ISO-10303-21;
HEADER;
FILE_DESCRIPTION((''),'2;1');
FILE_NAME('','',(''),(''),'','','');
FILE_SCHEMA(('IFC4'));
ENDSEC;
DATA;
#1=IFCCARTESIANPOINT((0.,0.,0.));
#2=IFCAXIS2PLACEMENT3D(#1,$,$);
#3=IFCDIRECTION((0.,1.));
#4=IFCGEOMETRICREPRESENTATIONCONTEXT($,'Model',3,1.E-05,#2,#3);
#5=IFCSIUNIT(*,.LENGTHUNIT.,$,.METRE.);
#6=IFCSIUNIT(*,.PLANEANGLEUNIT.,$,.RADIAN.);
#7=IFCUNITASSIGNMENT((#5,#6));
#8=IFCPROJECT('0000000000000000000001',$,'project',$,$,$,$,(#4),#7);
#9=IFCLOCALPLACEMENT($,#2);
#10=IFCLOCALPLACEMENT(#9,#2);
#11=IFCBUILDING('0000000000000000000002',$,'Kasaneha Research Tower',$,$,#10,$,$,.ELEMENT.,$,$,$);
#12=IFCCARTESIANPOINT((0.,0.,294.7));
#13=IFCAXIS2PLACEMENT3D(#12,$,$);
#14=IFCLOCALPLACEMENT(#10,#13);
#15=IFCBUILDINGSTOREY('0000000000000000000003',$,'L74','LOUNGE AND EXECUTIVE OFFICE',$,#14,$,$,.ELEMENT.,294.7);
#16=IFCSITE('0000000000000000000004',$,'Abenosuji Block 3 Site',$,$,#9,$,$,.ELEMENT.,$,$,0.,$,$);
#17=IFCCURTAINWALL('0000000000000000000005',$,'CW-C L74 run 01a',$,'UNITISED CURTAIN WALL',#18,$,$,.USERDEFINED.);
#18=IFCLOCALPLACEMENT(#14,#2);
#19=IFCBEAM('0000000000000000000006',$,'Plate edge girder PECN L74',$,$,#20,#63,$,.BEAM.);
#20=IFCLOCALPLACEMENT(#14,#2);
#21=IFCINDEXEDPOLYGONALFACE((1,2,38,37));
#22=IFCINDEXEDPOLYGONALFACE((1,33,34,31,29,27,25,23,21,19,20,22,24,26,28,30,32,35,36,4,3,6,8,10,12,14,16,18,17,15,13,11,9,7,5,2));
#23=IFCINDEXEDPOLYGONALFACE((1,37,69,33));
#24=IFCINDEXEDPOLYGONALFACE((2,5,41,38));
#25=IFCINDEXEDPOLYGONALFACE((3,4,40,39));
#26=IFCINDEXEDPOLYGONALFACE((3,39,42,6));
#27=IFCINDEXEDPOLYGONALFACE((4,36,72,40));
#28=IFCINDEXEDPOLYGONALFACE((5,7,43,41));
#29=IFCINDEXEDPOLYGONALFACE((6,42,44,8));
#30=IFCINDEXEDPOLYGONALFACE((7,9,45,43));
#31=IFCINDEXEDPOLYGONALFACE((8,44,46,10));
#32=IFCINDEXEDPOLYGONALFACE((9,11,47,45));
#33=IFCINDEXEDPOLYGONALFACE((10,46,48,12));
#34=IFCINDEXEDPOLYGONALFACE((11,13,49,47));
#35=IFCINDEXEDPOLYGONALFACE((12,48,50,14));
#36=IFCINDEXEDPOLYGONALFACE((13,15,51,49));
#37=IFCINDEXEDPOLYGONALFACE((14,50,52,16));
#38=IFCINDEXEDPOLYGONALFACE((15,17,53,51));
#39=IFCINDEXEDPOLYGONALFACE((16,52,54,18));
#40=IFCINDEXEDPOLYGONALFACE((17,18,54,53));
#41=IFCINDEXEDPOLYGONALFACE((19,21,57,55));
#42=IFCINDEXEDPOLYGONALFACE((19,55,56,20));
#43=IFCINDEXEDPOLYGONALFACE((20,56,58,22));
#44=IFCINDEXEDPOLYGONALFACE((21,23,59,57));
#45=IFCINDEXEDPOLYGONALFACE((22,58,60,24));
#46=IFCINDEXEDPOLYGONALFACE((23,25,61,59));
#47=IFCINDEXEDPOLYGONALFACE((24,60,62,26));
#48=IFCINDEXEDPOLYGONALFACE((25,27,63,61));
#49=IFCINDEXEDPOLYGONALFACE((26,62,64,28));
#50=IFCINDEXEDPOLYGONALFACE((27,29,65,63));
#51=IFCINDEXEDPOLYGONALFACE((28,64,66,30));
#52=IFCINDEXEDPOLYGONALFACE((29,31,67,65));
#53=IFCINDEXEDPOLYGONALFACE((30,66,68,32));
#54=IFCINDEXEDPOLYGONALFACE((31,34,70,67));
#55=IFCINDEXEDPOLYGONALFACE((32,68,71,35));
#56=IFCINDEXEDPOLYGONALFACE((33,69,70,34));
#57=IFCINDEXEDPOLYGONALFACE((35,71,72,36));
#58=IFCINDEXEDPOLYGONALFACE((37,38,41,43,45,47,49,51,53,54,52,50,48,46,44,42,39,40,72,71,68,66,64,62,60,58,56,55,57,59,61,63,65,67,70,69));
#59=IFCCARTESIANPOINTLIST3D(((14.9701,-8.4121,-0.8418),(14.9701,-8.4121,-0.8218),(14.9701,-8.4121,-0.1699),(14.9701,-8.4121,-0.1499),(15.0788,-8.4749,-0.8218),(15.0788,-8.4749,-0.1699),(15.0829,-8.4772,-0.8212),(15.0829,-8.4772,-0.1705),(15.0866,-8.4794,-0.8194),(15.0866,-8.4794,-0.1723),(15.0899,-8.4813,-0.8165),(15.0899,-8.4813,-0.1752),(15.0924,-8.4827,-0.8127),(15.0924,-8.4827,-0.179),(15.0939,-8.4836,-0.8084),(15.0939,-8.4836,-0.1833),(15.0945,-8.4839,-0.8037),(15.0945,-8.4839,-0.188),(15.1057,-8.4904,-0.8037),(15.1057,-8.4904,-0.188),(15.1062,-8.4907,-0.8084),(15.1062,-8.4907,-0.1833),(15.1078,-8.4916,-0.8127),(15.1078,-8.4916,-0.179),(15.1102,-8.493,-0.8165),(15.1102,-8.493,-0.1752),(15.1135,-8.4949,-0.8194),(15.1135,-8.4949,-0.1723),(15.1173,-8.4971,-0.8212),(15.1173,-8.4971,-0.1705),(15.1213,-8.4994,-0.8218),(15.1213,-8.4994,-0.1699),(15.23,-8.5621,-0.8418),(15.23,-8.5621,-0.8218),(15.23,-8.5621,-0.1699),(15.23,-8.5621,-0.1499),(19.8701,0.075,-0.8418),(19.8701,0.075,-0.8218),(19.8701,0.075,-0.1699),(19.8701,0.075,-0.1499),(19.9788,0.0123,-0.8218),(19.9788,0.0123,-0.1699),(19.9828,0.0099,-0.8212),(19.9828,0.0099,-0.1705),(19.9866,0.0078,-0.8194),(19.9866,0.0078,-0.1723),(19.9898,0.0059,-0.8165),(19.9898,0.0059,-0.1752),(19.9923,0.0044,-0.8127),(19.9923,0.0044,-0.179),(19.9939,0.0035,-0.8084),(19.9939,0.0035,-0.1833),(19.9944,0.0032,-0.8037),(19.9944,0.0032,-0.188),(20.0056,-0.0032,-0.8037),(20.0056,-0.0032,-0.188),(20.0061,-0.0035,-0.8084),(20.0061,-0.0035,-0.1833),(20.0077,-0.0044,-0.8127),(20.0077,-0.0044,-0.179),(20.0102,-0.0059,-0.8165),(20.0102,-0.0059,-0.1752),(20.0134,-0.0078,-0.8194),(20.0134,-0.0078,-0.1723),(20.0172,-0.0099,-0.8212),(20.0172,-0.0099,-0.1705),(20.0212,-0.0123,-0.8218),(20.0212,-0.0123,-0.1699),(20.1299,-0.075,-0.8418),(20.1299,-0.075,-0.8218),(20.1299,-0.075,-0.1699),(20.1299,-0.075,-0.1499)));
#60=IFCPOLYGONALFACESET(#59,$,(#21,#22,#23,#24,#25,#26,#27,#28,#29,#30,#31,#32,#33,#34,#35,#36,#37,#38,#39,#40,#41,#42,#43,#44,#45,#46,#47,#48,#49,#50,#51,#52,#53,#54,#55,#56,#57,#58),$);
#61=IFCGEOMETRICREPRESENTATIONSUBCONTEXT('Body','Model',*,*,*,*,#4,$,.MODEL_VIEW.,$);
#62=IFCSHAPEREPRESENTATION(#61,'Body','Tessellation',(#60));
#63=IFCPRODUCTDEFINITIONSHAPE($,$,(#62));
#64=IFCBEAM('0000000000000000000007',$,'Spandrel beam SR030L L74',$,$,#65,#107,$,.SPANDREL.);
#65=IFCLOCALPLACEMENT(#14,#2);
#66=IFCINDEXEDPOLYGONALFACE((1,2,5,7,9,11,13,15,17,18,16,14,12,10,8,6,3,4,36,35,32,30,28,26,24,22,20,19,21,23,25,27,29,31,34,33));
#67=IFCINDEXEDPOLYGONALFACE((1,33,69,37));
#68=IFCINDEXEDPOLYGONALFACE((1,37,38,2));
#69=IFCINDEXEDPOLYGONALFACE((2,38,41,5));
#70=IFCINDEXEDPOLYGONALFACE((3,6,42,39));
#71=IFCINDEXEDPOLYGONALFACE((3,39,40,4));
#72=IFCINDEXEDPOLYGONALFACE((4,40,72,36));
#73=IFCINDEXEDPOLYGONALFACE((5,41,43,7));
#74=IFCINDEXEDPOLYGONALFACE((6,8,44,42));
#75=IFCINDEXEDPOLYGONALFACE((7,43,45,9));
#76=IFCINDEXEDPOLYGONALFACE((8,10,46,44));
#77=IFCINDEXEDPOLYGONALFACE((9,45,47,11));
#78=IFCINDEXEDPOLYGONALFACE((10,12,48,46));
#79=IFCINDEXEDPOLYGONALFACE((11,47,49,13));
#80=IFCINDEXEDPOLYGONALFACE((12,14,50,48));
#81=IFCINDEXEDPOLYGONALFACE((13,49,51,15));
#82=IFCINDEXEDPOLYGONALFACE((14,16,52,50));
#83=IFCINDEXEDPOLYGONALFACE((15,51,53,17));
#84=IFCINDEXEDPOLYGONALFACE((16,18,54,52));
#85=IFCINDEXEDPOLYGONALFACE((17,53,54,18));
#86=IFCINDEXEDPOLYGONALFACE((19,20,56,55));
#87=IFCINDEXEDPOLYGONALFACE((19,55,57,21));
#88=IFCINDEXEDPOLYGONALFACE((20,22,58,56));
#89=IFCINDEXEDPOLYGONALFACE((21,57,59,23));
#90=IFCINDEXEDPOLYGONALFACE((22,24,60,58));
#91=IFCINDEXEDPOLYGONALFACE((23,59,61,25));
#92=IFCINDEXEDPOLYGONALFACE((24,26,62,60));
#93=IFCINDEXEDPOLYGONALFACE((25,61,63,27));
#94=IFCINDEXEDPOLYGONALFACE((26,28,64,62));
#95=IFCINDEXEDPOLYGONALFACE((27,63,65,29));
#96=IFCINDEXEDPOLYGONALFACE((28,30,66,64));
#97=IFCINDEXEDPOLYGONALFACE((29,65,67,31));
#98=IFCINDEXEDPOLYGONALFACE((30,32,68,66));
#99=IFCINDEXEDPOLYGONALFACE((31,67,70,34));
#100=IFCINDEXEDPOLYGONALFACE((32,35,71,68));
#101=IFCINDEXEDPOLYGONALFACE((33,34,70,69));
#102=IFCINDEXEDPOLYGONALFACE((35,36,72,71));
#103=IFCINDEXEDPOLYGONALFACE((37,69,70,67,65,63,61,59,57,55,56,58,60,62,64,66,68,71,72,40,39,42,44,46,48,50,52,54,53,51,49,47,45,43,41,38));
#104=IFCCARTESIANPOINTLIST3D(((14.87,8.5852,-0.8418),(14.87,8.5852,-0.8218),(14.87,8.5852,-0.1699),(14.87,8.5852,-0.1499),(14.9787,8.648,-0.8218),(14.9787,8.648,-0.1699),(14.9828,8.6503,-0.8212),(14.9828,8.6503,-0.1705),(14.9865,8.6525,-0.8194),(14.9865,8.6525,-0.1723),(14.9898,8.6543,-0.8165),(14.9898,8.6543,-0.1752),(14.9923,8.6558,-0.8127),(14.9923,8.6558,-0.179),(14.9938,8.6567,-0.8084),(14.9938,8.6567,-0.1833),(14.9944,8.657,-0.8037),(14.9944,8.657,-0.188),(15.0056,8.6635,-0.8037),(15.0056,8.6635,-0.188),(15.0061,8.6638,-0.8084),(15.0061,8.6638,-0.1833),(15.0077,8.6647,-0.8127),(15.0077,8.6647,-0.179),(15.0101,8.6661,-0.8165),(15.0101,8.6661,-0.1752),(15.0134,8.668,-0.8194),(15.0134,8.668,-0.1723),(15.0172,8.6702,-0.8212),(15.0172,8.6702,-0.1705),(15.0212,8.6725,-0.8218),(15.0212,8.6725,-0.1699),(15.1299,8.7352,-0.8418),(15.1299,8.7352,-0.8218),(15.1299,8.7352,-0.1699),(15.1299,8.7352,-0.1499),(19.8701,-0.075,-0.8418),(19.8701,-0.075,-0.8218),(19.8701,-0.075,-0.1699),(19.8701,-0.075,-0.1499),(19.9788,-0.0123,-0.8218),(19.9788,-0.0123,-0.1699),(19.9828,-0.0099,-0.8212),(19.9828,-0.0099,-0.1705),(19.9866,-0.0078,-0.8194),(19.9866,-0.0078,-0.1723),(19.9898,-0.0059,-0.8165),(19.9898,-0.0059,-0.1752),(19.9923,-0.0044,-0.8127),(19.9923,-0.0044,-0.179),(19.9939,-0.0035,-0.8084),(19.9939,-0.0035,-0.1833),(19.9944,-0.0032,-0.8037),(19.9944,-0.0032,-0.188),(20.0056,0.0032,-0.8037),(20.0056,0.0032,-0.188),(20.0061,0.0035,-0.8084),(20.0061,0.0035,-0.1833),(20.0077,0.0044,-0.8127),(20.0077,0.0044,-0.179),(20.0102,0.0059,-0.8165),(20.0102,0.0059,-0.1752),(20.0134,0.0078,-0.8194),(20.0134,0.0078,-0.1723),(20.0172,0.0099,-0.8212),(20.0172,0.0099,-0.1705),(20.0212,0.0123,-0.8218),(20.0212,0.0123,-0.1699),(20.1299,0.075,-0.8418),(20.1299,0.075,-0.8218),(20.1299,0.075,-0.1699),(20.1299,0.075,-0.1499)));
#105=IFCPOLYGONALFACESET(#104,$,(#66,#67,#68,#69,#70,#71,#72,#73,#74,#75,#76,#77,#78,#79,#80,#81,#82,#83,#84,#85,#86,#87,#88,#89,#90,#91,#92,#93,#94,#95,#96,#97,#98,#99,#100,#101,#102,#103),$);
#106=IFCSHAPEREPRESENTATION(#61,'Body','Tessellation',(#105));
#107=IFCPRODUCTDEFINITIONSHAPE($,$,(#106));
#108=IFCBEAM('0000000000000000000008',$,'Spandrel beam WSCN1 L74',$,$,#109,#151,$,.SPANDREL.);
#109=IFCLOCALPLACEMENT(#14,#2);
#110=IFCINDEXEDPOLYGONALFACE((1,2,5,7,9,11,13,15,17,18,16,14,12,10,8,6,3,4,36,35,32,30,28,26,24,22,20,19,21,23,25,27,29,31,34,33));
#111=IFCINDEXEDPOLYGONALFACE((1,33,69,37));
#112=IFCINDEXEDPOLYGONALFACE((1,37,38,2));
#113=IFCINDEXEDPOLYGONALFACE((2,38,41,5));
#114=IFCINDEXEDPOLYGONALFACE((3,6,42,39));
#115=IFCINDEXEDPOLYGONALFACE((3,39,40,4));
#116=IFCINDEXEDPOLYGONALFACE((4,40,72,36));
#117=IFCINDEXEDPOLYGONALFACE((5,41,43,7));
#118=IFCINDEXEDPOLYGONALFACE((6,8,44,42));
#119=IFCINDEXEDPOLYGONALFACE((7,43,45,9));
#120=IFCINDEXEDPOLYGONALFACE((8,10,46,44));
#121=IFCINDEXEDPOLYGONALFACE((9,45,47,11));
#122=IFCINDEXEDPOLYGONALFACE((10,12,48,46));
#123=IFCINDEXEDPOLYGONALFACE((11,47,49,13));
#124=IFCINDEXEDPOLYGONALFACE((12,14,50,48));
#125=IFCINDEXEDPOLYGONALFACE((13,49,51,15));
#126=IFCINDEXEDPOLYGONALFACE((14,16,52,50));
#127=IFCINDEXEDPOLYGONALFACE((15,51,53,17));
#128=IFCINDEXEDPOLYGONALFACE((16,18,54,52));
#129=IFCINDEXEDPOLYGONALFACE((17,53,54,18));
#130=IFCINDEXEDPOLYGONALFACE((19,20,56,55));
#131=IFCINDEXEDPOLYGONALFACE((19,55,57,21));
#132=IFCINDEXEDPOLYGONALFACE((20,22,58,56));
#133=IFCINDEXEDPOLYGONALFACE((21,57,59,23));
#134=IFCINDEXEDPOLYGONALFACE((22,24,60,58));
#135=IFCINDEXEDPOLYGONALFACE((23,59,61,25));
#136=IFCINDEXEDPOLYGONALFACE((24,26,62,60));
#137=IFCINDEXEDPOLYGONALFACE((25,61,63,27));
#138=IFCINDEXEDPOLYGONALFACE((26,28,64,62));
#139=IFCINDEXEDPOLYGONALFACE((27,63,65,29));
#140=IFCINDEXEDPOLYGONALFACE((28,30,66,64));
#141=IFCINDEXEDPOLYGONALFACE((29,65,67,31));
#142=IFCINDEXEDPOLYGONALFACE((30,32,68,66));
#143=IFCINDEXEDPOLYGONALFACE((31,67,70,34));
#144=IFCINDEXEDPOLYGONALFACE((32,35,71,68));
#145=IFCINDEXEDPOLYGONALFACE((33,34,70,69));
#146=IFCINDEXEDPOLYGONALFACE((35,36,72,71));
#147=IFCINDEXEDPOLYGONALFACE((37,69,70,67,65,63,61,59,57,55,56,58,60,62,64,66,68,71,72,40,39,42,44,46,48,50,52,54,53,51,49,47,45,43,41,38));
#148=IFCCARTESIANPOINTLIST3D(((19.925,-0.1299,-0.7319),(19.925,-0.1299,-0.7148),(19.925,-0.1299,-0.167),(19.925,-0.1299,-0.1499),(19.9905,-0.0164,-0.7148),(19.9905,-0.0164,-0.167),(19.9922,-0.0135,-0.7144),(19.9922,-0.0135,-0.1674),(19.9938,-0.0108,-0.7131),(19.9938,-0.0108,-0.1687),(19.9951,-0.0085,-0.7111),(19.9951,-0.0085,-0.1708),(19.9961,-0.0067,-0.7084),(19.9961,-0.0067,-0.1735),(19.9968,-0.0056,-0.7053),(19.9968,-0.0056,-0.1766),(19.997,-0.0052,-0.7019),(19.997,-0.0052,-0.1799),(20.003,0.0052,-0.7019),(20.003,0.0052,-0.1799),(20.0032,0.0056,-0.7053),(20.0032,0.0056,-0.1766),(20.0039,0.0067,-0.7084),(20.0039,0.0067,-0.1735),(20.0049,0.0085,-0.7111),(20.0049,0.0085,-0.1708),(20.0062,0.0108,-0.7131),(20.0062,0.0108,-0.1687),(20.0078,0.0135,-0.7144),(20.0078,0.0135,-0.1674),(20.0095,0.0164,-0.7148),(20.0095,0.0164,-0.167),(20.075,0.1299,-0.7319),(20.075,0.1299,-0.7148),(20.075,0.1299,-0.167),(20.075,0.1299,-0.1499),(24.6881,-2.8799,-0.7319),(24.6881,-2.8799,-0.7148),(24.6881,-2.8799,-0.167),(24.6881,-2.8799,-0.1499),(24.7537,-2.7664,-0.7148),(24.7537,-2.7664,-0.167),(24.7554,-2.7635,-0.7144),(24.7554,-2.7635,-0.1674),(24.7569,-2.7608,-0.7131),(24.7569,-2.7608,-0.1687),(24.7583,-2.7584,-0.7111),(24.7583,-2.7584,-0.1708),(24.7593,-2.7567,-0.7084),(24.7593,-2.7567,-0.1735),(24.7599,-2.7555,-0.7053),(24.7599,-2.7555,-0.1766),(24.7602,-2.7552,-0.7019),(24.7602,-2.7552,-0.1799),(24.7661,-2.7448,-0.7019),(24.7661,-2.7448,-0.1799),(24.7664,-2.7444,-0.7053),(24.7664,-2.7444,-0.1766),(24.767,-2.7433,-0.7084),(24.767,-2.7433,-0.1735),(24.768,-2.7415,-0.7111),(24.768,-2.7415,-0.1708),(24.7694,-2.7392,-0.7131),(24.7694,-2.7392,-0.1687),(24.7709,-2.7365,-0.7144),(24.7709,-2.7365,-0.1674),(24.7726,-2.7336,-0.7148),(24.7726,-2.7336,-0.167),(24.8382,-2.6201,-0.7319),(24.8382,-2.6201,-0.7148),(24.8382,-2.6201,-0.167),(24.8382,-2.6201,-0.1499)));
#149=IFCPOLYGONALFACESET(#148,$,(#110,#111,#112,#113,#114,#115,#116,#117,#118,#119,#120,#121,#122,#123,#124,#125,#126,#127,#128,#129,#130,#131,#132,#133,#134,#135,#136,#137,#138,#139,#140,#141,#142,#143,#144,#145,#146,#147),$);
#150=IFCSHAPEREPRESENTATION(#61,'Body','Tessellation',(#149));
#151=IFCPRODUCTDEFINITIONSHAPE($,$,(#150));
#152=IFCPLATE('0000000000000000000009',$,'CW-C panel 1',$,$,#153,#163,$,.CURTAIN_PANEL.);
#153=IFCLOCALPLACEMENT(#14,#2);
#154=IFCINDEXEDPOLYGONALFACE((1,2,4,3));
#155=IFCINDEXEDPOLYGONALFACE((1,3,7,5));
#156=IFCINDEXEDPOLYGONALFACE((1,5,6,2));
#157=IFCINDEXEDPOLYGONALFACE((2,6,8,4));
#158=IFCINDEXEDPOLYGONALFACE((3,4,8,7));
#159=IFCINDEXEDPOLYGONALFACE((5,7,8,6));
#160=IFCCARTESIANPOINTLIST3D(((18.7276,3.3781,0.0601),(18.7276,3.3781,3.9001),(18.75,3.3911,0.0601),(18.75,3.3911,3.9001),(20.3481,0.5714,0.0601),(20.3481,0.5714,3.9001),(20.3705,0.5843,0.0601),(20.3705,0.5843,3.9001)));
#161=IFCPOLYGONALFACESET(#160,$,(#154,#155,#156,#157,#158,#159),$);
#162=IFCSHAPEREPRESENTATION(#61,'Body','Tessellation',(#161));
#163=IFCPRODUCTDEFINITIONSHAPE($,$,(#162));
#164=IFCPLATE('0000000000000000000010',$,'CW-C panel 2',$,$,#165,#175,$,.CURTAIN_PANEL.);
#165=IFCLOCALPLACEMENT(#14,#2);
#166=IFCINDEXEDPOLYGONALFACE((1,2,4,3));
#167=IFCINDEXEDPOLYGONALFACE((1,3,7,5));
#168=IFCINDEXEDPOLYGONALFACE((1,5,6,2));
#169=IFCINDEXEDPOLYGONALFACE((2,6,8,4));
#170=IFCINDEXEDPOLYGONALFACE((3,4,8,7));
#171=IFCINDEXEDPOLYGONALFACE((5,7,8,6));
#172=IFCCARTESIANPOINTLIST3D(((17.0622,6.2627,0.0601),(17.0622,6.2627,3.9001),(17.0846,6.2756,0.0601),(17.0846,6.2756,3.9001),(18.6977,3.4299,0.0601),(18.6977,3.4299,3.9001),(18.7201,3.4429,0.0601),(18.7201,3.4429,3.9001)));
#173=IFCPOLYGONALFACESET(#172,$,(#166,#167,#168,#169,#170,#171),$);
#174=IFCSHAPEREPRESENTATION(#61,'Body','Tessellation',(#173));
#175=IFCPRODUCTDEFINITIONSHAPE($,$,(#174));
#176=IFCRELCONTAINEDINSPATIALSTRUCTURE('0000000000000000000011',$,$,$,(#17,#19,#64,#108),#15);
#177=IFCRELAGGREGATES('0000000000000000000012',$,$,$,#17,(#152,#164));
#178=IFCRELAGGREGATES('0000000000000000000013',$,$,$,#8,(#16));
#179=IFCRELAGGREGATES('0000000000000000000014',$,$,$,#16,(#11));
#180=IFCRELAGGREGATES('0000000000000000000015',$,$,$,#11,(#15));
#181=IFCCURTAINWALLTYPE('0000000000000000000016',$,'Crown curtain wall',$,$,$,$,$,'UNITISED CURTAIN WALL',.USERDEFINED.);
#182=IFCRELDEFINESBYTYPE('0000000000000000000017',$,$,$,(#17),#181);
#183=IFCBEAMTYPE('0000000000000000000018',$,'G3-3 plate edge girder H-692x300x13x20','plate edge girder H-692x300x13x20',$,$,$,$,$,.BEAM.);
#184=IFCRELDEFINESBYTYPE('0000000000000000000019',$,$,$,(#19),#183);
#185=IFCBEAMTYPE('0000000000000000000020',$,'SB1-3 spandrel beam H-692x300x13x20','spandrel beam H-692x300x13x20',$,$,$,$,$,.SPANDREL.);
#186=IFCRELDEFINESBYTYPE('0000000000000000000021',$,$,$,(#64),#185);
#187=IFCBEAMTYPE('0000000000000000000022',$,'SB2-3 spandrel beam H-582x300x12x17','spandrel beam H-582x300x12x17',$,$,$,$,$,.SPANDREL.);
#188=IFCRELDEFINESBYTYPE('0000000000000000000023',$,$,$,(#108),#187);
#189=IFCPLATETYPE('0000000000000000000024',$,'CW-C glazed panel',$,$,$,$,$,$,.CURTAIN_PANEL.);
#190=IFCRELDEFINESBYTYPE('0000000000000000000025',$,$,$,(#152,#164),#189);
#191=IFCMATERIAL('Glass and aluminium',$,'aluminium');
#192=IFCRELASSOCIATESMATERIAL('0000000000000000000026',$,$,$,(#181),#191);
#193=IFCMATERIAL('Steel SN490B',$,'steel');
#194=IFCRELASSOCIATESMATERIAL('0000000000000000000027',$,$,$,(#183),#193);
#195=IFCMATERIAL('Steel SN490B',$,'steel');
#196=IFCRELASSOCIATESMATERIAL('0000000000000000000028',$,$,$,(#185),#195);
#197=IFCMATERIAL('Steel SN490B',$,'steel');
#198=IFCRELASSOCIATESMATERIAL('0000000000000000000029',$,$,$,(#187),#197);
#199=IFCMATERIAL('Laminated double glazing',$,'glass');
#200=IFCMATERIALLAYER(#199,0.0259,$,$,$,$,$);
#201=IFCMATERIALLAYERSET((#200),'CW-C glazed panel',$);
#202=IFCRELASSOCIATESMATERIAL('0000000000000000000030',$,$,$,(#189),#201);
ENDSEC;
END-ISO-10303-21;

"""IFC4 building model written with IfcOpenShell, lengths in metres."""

from ifc_helpers import new_model, si_unit, direction, frame, origin, origin_2d, place, context, subcontext, project, spatial, rectangle, i_section, extrude, material, layer, layer_set, material_profile, profile_set, type_object, element, aggregate, save


model = new_model("IFC4")

# Units and contexts
model_context = context("Model", 3, precision=1e-05, world=origin(), true_north=direction((0.0, 1.0)))
body_context = subcontext(model_context, "Body", "Model", "MODEL_VIEW")
ifc_project = project(units=[si_unit("LENGTHUNIT", "METRE"), si_unit("PLANEANGLEUNIT", "RADIAN")], contexts=[model_context])

# Site, building, storey
site_placement = place(None, origin())
site = spatial("IfcSite", under=ifc_project, at=site_placement, Name="Abenosuji Block 3 Site", CompositionType="ELEMENT", RefElevation=0.0)
building_placement = place(site_placement, origin())
building = spatial("IfcBuilding", under=site, at=building_placement, Name="Kasaneha Research Tower", CompositionType="ELEMENT")
storey_placement = place(building_placement, frame((0.0, 0.0, 294.7)))
storey = spatial("IfcBuildingStorey", under=building, at=storey_placement, Name="L74", Description="LOUNGE AND EXECUTIVE OFFICE", CompositionType="ELEMENT", Elevation=294.7)

# Curtain wall
ifc_material_1 = material(Name="Glass and aluminium", Category="aluminium")
curtain_wall_type = type_object("IfcCurtainWallType", Name="Crown curtain wall", ElementType="UNITISED CURTAIN WALL", PredefinedType="USERDEFINED", material=ifc_material_1)
curtain_wall_1_placement = place(storey_placement, origin())
curtain_wall_1 = element("IfcCurtainWall", 1, at=curtain_wall_1_placement, inside=storey, type_object=curtain_wall_type, Name="CW-C L74 run 01a", ObjectType="UNITISED CURTAIN WALL", PredefinedType="USERDEFINED")

# Beams
ifc_material_2 = material(Name="Steel SN490B", Category="steel")
ifc_material_profile_1 = material_profile(ifc_material_2, i_section(OverallWidth=0.3, OverallDepth=0.6919, WebThickness=0.0129, FlangeThickness=0.02, FilletRadius=0.0181, at=origin_2d()), Name="H-692x300x13x20")
ifc_profile_set_1 = profile_set([ifc_material_profile_1], Name="Steel SN490B")
beam_type_1 = type_object("IfcBeamType", Name="G3-3 plate edge girder H-692x300x13x20", Description="plate edge girder H-692x300x13x20", PredefinedType="BEAM", material=ifc_profile_set_1)
beam_1_placement = place(storey_placement, frame((20.0, 0.0, -0.4958), z_axis=(-0.499992, -0.86603, 0.0), x_axis=(0.86603, -0.499992, 0.0)))
element("IfcBeam", 2, at=beam_1_placement, inside=storey, type_object=beam_type_1, Name="Plate edge girder PECN L74", PredefinedType="BEAM", context=body_context, shape_type="SweptSolid", body=[
    extrude(i_section(OverallWidth=0.3, OverallDepth=0.6919, WebThickness=0.0129, FlangeThickness=0.02, FilletRadius=0.0181, at=origin_2d()), origin(), (0.0, 0.0, 1.0), 9.8),
])
ifc_material_3 = material(Name="Steel SN490B", Category="steel")
ifc_material_profile_2 = material_profile(ifc_material_3, i_section(OverallWidth=0.3, OverallDepth=0.6919, WebThickness=0.0129, FlangeThickness=0.02, FilletRadius=0.0181, at=origin_2d()), Name="H-692x300x13x20")
ifc_profile_set_2 = profile_set([ifc_material_profile_2], Name="Steel SN490B")
beam_type_2 = type_object("IfcBeamType", Name="SB1-3 spandrel beam H-692x300x13x20", Description="spandrel beam H-692x300x13x20", PredefinedType="SPANDREL", material=ifc_profile_set_2)
beam_2_placement = place(storey_placement, frame((20.0, 0.0, -0.4958), z_axis=(-0.500004, 0.866023, 0.0), x_axis=(-0.866023, -0.500004, 0.0)))
element("IfcBeam", 3, at=beam_2_placement, inside=storey, type_object=beam_type_2, Name="Spandrel beam SR030L L74", PredefinedType="SPANDREL", context=body_context, shape_type="SweptSolid", body=[
    extrude(i_section(OverallWidth=0.3, OverallDepth=0.6919, WebThickness=0.0129, FlangeThickness=0.02, FilletRadius=0.0181, at=origin_2d()), origin(), (0.0, 0.0, 1.0), 10.0),
])
ifc_material_4 = material(Name="Steel SN490B", Category="steel")
ifc_material_profile_3 = material_profile(ifc_material_4, i_section(OverallWidth=0.3, OverallDepth=0.582, WebThickness=0.012, FlangeThickness=0.0171, FilletRadius=0.0129, at=origin_2d()), Name="H-582x300x12x17")
ifc_profile_set_3 = profile_set([ifc_material_profile_3], Name="Steel SN490B")
beam_type_3 = type_object("IfcBeamType", Name="SB2-3 spandrel beam H-582x300x12x17", Description="spandrel beam H-582x300x12x17", PredefinedType="SPANDREL", material=ifc_profile_set_3)
beam_3_placement = place(storey_placement, frame((20.0, 0.0, -0.4409), z_axis=(0.866027, -0.499997, 0.0), x_axis=(0.499997, 0.866027, 0.0)))
element("IfcBeam", 4, at=beam_3_placement, inside=storey, type_object=beam_type_3, Name="Spandrel beam WSCN1 L74", PredefinedType="SPANDREL", context=body_context, shape_type="SweptSolid", body=[
    extrude(i_section(OverallWidth=0.3, OverallDepth=0.582, WebThickness=0.012, FlangeThickness=0.0171, FilletRadius=0.0129, at=origin_2d()), origin(), (0.0, 0.0, 1.0), 5.5),
])

# Plates
ifc_material_5 = material(Name="Laminated double glazing", Category="glass")
ifc_layer_1 = layer(ifc_material_5, 0.0259)
ifc_layer_set_1 = layer_set([ifc_layer_1], Name="CW-C glazed panel")
plate_type = type_object("IfcPlateType", Name="CW-C glazed panel", PredefinedType="CURTAIN_PANEL", material=ifc_layer_set_1)
plate_1_placement = place(storey_placement, frame((19.5491, 1.9812, 0.0601), z_axis=(0.0, 0.0, 1.0), x_axis=(-0.5, 0.866025, 0.0)))
plate_1 = element("IfcPlate", 5, at=plate_1_placement, type_object=plate_type, Name="CW-C panel 1", PredefinedType="CURTAIN_PANEL", context=body_context, shape_type="SweptSolid", body=[
    extrude(rectangle(XDim=3.241, YDim=0.0259, at=origin_2d()), origin(), (0.0, 0.0, 1.0), 3.8401),
])
plate_2_placement = place(storey_placement, frame((17.8911, 4.8528, 0.0601), z_axis=(0.0, 0.0, 1.0), x_axis=(-0.5, 0.866025, 0.0)))
plate_2 = element("IfcPlate", 6, at=plate_2_placement, type_object=plate_type, Name="CW-C panel 2", PredefinedType="CURTAIN_PANEL", context=body_context, shape_type="SweptSolid", body=[
    extrude(rectangle(XDim=3.271, YDim=0.0259, at=origin_2d()), origin(), (0.0, 0.0, 1.0), 3.8401),
])
aggregate(curtain_wall_1, [plate_1, plate_2])

save(model, "model.ifc")
